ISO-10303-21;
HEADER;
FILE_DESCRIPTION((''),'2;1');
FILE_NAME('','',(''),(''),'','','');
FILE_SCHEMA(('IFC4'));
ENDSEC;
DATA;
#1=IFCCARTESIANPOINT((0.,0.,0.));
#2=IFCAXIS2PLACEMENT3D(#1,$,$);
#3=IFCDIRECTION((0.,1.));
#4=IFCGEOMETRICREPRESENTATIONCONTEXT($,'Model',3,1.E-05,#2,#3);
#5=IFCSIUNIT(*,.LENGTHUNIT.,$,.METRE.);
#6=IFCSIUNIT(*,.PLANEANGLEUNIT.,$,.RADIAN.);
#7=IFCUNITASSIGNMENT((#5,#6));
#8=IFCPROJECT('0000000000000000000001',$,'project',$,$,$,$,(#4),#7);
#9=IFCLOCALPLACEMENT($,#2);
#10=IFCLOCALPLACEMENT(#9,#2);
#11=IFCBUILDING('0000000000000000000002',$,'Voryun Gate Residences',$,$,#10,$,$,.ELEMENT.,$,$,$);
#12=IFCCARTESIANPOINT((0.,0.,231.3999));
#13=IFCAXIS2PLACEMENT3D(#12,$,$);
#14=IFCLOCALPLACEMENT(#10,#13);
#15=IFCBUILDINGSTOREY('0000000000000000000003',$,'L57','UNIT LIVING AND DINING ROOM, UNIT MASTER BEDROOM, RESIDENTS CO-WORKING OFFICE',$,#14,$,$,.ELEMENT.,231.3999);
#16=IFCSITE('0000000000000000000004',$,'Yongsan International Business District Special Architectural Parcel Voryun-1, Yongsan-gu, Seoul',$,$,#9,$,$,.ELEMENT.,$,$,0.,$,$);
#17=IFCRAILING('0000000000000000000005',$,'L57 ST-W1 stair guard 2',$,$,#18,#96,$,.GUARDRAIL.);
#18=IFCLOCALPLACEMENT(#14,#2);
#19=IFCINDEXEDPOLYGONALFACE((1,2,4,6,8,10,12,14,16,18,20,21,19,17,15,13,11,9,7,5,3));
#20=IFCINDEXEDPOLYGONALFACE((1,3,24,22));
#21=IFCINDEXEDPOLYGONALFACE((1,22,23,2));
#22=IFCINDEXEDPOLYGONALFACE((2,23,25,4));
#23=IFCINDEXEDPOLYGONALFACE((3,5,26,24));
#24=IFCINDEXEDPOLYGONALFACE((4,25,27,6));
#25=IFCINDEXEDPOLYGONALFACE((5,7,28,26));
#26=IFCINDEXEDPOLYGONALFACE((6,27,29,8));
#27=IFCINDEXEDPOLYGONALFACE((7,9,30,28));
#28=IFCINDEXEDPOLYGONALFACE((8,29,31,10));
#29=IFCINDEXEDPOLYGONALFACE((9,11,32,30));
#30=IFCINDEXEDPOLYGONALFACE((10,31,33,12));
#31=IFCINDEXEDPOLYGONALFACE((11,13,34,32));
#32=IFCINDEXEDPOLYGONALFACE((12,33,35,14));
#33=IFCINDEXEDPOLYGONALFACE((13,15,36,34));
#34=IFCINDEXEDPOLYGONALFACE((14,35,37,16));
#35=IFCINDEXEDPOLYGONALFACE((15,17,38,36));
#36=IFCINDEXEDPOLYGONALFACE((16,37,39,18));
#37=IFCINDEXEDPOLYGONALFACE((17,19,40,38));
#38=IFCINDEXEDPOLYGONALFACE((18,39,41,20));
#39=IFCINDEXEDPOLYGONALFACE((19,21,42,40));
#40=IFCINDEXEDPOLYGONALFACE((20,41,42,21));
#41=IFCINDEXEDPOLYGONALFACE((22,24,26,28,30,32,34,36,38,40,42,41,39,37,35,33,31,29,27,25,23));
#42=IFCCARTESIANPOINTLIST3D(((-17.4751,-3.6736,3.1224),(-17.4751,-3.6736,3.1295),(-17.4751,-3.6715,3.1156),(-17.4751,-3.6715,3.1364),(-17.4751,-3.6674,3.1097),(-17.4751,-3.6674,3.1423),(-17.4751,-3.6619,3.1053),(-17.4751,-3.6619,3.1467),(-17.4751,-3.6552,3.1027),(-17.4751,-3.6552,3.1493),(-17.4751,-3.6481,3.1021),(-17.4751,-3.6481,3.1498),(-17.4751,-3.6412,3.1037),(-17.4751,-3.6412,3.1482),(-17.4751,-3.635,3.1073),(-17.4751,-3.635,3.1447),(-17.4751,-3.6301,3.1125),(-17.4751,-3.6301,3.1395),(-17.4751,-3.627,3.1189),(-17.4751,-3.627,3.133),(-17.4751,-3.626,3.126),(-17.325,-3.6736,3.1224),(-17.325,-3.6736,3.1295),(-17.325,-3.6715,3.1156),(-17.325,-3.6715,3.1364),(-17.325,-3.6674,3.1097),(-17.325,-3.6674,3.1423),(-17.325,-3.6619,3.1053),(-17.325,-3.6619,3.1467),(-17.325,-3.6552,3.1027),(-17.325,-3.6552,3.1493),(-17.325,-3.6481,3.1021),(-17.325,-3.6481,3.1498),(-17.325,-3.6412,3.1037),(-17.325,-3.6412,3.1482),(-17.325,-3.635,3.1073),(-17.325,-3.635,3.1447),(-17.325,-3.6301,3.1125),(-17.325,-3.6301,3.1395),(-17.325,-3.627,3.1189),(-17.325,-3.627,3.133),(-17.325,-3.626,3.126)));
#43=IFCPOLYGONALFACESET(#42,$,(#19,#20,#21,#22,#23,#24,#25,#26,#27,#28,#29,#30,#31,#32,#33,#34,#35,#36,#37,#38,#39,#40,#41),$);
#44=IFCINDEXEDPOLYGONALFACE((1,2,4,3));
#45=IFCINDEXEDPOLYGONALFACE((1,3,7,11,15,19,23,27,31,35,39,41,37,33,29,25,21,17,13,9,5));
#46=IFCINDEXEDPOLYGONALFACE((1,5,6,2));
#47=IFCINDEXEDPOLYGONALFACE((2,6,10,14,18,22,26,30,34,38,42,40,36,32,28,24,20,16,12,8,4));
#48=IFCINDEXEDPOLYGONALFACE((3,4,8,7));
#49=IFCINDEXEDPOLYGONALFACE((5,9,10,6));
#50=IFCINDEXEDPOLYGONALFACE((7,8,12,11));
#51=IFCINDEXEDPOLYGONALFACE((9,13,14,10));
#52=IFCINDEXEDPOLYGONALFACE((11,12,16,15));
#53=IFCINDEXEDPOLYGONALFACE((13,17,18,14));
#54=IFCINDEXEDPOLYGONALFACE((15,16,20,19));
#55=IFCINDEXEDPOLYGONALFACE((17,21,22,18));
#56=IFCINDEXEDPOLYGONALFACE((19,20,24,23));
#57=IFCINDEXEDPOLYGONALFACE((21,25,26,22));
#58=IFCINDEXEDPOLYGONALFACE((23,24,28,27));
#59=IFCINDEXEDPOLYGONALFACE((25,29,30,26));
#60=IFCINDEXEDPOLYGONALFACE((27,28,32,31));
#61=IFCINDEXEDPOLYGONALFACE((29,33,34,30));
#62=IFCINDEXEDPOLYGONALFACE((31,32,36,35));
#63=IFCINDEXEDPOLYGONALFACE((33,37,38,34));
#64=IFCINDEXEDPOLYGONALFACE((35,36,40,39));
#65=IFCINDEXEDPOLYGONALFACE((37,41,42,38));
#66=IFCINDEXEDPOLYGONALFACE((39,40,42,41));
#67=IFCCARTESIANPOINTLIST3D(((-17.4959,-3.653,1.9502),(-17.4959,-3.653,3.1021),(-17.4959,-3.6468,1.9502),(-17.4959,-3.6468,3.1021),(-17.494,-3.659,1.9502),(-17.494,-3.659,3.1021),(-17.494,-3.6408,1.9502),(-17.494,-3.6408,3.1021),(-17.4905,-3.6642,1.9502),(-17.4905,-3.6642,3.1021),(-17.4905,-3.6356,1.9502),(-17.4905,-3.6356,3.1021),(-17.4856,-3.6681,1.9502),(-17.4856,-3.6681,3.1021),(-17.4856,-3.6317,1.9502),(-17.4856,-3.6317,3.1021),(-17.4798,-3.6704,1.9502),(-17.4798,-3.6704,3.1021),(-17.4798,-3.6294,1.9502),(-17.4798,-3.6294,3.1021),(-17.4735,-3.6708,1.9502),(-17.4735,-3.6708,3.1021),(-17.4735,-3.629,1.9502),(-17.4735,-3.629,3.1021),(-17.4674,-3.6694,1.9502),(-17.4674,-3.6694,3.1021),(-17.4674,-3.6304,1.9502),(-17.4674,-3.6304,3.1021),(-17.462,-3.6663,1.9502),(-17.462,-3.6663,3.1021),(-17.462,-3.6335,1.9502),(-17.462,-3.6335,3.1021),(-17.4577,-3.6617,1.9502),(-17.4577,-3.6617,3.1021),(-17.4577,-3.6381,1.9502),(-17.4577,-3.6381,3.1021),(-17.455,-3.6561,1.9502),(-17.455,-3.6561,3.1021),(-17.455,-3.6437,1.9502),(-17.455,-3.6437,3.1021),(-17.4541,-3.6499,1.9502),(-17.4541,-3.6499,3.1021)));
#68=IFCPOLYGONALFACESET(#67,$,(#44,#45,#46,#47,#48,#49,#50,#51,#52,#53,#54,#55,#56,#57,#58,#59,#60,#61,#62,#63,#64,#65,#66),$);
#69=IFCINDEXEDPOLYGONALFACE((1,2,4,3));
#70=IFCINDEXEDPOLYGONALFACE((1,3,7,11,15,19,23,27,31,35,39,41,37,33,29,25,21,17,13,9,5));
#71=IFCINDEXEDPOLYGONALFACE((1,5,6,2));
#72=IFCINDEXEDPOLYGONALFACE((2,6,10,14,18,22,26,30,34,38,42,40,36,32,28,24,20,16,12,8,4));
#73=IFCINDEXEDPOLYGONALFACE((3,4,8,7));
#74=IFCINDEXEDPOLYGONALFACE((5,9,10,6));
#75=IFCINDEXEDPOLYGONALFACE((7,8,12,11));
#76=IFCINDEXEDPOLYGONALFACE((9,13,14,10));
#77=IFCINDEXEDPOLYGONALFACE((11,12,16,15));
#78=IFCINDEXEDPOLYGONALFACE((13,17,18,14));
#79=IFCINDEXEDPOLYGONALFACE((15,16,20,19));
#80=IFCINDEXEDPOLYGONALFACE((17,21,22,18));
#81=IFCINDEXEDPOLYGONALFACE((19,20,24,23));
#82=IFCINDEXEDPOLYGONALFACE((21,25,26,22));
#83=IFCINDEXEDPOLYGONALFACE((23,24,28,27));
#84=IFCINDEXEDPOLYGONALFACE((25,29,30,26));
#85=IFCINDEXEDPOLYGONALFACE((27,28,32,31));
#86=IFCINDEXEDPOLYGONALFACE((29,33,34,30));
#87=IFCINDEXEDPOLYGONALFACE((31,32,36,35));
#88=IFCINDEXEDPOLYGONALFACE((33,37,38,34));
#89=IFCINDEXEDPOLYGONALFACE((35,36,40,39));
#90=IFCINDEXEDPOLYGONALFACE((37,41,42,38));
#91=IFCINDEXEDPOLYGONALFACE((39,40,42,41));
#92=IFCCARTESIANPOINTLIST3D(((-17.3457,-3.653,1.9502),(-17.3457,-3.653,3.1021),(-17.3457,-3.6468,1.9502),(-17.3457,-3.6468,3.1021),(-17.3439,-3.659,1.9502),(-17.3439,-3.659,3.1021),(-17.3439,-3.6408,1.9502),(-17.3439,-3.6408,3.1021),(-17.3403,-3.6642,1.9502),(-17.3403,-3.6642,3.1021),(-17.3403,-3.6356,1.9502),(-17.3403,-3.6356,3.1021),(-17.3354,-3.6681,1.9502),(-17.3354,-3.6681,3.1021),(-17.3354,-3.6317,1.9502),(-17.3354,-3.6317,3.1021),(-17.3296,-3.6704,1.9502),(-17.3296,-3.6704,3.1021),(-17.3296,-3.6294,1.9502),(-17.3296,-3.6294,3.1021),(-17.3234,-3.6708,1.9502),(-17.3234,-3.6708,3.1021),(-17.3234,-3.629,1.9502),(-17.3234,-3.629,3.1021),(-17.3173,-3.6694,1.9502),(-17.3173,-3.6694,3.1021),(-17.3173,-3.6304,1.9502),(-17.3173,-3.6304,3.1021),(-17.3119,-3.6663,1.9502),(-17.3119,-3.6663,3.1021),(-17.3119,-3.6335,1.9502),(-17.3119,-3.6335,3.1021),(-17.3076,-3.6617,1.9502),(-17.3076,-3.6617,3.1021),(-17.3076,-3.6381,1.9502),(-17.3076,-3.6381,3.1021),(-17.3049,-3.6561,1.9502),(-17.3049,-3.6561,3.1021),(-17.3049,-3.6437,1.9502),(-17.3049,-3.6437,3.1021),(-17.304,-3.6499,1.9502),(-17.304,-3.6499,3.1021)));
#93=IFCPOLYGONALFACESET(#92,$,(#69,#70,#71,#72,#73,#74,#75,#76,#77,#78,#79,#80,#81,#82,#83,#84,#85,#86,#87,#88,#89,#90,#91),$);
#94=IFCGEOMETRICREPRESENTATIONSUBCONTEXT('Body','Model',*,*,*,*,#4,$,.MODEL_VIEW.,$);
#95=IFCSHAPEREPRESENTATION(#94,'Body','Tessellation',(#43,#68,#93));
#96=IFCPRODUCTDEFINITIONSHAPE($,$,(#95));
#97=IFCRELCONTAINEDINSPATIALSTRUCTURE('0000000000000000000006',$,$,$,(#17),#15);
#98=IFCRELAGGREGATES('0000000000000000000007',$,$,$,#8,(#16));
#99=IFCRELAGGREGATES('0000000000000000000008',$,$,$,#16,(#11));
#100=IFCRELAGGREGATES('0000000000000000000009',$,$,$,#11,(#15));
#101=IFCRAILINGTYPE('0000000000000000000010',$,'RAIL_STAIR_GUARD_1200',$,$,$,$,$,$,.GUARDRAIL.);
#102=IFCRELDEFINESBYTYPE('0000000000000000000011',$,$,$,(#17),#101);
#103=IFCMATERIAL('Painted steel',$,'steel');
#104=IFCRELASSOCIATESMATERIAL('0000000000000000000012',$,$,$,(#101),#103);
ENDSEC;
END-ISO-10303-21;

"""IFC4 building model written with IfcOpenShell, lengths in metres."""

from ifc_helpers import new_model, si_unit, direction, frame, origin, origin_2d, place, context, subcontext, project, spatial, circle, extrude, material, type_object, element, save


model = new_model("IFC4")

# Units and contexts
model_context = context("Model", 3, precision=1e-05, world=origin(), true_north=direction((0.0, 1.0)))
body_context = subcontext(model_context, "Body", "Model", "MODEL_VIEW")
ifc_project = project(units=[si_unit("LENGTHUNIT", "METRE"), si_unit("PLANEANGLEUNIT", "RADIAN")], contexts=[model_context])

# Site, building, storey
site_placement = place(None, origin())
site = spatial("IfcSite", under=ifc_project, at=site_placement, Name="Yongsan International Business District Special Architectural Parcel Voryun-1, Yongsan-gu, Seoul", CompositionType="ELEMENT", RefElevation=0.0)
building_placement = place(site_placement, origin())
building = spatial("IfcBuilding", under=site, at=building_placement, Name="Voryun Gate Residences", CompositionType="ELEMENT")
storey_placement = place(building_placement, frame((0.0, 0.0, 231.3999)))
storey = spatial("IfcBuildingStorey", under=building, at=storey_placement, Name="L57", Description="UNIT LIVING AND DINING ROOM, UNIT MASTER BEDROOM, RESIDENTS CO-WORKING OFFICE", CompositionType="ELEMENT", Elevation=231.3999)

# Railing
ifc_material_1 = material(Name="Painted steel", Category="steel")
railing_type_1 = type_object("IfcRailingType", Name="RAIL_STAIR_GUARD_1200", PredefinedType="GUARDRAIL", material=ifc_material_1)
railing_1_placement = place(storey_placement, frame((-17.4751, -3.6499, 1.9502)))
element("IfcRailing", 1, at=railing_1_placement, inside=storey, type_object=railing_type_1, Name="L57 ST-W1 stair guard 2", PredefinedType="GUARDRAIL", context=body_context, shape_type="SweptSolid", body=[
    extrude(circle(Radius=0.0239, at=origin_2d()), frame((0.0, 0.0, 1.1758), z_axis=(1.0, 0.0, 0.0), x_axis=(0.0, 1.0, 0.0)), (0.0, 0.0, 1.0), 0.1501),
    extrude(circle(Radius=0.021, at=origin_2d()), origin(), (0.0, 0.0, 1.0), 1.1519),
    extrude(circle(Radius=0.021, at=origin_2d()), frame((0.1501, 0.0, 0.0)), (0.0, 0.0, 1.0), 1.1519),
])

save(model, "model.ifc")
